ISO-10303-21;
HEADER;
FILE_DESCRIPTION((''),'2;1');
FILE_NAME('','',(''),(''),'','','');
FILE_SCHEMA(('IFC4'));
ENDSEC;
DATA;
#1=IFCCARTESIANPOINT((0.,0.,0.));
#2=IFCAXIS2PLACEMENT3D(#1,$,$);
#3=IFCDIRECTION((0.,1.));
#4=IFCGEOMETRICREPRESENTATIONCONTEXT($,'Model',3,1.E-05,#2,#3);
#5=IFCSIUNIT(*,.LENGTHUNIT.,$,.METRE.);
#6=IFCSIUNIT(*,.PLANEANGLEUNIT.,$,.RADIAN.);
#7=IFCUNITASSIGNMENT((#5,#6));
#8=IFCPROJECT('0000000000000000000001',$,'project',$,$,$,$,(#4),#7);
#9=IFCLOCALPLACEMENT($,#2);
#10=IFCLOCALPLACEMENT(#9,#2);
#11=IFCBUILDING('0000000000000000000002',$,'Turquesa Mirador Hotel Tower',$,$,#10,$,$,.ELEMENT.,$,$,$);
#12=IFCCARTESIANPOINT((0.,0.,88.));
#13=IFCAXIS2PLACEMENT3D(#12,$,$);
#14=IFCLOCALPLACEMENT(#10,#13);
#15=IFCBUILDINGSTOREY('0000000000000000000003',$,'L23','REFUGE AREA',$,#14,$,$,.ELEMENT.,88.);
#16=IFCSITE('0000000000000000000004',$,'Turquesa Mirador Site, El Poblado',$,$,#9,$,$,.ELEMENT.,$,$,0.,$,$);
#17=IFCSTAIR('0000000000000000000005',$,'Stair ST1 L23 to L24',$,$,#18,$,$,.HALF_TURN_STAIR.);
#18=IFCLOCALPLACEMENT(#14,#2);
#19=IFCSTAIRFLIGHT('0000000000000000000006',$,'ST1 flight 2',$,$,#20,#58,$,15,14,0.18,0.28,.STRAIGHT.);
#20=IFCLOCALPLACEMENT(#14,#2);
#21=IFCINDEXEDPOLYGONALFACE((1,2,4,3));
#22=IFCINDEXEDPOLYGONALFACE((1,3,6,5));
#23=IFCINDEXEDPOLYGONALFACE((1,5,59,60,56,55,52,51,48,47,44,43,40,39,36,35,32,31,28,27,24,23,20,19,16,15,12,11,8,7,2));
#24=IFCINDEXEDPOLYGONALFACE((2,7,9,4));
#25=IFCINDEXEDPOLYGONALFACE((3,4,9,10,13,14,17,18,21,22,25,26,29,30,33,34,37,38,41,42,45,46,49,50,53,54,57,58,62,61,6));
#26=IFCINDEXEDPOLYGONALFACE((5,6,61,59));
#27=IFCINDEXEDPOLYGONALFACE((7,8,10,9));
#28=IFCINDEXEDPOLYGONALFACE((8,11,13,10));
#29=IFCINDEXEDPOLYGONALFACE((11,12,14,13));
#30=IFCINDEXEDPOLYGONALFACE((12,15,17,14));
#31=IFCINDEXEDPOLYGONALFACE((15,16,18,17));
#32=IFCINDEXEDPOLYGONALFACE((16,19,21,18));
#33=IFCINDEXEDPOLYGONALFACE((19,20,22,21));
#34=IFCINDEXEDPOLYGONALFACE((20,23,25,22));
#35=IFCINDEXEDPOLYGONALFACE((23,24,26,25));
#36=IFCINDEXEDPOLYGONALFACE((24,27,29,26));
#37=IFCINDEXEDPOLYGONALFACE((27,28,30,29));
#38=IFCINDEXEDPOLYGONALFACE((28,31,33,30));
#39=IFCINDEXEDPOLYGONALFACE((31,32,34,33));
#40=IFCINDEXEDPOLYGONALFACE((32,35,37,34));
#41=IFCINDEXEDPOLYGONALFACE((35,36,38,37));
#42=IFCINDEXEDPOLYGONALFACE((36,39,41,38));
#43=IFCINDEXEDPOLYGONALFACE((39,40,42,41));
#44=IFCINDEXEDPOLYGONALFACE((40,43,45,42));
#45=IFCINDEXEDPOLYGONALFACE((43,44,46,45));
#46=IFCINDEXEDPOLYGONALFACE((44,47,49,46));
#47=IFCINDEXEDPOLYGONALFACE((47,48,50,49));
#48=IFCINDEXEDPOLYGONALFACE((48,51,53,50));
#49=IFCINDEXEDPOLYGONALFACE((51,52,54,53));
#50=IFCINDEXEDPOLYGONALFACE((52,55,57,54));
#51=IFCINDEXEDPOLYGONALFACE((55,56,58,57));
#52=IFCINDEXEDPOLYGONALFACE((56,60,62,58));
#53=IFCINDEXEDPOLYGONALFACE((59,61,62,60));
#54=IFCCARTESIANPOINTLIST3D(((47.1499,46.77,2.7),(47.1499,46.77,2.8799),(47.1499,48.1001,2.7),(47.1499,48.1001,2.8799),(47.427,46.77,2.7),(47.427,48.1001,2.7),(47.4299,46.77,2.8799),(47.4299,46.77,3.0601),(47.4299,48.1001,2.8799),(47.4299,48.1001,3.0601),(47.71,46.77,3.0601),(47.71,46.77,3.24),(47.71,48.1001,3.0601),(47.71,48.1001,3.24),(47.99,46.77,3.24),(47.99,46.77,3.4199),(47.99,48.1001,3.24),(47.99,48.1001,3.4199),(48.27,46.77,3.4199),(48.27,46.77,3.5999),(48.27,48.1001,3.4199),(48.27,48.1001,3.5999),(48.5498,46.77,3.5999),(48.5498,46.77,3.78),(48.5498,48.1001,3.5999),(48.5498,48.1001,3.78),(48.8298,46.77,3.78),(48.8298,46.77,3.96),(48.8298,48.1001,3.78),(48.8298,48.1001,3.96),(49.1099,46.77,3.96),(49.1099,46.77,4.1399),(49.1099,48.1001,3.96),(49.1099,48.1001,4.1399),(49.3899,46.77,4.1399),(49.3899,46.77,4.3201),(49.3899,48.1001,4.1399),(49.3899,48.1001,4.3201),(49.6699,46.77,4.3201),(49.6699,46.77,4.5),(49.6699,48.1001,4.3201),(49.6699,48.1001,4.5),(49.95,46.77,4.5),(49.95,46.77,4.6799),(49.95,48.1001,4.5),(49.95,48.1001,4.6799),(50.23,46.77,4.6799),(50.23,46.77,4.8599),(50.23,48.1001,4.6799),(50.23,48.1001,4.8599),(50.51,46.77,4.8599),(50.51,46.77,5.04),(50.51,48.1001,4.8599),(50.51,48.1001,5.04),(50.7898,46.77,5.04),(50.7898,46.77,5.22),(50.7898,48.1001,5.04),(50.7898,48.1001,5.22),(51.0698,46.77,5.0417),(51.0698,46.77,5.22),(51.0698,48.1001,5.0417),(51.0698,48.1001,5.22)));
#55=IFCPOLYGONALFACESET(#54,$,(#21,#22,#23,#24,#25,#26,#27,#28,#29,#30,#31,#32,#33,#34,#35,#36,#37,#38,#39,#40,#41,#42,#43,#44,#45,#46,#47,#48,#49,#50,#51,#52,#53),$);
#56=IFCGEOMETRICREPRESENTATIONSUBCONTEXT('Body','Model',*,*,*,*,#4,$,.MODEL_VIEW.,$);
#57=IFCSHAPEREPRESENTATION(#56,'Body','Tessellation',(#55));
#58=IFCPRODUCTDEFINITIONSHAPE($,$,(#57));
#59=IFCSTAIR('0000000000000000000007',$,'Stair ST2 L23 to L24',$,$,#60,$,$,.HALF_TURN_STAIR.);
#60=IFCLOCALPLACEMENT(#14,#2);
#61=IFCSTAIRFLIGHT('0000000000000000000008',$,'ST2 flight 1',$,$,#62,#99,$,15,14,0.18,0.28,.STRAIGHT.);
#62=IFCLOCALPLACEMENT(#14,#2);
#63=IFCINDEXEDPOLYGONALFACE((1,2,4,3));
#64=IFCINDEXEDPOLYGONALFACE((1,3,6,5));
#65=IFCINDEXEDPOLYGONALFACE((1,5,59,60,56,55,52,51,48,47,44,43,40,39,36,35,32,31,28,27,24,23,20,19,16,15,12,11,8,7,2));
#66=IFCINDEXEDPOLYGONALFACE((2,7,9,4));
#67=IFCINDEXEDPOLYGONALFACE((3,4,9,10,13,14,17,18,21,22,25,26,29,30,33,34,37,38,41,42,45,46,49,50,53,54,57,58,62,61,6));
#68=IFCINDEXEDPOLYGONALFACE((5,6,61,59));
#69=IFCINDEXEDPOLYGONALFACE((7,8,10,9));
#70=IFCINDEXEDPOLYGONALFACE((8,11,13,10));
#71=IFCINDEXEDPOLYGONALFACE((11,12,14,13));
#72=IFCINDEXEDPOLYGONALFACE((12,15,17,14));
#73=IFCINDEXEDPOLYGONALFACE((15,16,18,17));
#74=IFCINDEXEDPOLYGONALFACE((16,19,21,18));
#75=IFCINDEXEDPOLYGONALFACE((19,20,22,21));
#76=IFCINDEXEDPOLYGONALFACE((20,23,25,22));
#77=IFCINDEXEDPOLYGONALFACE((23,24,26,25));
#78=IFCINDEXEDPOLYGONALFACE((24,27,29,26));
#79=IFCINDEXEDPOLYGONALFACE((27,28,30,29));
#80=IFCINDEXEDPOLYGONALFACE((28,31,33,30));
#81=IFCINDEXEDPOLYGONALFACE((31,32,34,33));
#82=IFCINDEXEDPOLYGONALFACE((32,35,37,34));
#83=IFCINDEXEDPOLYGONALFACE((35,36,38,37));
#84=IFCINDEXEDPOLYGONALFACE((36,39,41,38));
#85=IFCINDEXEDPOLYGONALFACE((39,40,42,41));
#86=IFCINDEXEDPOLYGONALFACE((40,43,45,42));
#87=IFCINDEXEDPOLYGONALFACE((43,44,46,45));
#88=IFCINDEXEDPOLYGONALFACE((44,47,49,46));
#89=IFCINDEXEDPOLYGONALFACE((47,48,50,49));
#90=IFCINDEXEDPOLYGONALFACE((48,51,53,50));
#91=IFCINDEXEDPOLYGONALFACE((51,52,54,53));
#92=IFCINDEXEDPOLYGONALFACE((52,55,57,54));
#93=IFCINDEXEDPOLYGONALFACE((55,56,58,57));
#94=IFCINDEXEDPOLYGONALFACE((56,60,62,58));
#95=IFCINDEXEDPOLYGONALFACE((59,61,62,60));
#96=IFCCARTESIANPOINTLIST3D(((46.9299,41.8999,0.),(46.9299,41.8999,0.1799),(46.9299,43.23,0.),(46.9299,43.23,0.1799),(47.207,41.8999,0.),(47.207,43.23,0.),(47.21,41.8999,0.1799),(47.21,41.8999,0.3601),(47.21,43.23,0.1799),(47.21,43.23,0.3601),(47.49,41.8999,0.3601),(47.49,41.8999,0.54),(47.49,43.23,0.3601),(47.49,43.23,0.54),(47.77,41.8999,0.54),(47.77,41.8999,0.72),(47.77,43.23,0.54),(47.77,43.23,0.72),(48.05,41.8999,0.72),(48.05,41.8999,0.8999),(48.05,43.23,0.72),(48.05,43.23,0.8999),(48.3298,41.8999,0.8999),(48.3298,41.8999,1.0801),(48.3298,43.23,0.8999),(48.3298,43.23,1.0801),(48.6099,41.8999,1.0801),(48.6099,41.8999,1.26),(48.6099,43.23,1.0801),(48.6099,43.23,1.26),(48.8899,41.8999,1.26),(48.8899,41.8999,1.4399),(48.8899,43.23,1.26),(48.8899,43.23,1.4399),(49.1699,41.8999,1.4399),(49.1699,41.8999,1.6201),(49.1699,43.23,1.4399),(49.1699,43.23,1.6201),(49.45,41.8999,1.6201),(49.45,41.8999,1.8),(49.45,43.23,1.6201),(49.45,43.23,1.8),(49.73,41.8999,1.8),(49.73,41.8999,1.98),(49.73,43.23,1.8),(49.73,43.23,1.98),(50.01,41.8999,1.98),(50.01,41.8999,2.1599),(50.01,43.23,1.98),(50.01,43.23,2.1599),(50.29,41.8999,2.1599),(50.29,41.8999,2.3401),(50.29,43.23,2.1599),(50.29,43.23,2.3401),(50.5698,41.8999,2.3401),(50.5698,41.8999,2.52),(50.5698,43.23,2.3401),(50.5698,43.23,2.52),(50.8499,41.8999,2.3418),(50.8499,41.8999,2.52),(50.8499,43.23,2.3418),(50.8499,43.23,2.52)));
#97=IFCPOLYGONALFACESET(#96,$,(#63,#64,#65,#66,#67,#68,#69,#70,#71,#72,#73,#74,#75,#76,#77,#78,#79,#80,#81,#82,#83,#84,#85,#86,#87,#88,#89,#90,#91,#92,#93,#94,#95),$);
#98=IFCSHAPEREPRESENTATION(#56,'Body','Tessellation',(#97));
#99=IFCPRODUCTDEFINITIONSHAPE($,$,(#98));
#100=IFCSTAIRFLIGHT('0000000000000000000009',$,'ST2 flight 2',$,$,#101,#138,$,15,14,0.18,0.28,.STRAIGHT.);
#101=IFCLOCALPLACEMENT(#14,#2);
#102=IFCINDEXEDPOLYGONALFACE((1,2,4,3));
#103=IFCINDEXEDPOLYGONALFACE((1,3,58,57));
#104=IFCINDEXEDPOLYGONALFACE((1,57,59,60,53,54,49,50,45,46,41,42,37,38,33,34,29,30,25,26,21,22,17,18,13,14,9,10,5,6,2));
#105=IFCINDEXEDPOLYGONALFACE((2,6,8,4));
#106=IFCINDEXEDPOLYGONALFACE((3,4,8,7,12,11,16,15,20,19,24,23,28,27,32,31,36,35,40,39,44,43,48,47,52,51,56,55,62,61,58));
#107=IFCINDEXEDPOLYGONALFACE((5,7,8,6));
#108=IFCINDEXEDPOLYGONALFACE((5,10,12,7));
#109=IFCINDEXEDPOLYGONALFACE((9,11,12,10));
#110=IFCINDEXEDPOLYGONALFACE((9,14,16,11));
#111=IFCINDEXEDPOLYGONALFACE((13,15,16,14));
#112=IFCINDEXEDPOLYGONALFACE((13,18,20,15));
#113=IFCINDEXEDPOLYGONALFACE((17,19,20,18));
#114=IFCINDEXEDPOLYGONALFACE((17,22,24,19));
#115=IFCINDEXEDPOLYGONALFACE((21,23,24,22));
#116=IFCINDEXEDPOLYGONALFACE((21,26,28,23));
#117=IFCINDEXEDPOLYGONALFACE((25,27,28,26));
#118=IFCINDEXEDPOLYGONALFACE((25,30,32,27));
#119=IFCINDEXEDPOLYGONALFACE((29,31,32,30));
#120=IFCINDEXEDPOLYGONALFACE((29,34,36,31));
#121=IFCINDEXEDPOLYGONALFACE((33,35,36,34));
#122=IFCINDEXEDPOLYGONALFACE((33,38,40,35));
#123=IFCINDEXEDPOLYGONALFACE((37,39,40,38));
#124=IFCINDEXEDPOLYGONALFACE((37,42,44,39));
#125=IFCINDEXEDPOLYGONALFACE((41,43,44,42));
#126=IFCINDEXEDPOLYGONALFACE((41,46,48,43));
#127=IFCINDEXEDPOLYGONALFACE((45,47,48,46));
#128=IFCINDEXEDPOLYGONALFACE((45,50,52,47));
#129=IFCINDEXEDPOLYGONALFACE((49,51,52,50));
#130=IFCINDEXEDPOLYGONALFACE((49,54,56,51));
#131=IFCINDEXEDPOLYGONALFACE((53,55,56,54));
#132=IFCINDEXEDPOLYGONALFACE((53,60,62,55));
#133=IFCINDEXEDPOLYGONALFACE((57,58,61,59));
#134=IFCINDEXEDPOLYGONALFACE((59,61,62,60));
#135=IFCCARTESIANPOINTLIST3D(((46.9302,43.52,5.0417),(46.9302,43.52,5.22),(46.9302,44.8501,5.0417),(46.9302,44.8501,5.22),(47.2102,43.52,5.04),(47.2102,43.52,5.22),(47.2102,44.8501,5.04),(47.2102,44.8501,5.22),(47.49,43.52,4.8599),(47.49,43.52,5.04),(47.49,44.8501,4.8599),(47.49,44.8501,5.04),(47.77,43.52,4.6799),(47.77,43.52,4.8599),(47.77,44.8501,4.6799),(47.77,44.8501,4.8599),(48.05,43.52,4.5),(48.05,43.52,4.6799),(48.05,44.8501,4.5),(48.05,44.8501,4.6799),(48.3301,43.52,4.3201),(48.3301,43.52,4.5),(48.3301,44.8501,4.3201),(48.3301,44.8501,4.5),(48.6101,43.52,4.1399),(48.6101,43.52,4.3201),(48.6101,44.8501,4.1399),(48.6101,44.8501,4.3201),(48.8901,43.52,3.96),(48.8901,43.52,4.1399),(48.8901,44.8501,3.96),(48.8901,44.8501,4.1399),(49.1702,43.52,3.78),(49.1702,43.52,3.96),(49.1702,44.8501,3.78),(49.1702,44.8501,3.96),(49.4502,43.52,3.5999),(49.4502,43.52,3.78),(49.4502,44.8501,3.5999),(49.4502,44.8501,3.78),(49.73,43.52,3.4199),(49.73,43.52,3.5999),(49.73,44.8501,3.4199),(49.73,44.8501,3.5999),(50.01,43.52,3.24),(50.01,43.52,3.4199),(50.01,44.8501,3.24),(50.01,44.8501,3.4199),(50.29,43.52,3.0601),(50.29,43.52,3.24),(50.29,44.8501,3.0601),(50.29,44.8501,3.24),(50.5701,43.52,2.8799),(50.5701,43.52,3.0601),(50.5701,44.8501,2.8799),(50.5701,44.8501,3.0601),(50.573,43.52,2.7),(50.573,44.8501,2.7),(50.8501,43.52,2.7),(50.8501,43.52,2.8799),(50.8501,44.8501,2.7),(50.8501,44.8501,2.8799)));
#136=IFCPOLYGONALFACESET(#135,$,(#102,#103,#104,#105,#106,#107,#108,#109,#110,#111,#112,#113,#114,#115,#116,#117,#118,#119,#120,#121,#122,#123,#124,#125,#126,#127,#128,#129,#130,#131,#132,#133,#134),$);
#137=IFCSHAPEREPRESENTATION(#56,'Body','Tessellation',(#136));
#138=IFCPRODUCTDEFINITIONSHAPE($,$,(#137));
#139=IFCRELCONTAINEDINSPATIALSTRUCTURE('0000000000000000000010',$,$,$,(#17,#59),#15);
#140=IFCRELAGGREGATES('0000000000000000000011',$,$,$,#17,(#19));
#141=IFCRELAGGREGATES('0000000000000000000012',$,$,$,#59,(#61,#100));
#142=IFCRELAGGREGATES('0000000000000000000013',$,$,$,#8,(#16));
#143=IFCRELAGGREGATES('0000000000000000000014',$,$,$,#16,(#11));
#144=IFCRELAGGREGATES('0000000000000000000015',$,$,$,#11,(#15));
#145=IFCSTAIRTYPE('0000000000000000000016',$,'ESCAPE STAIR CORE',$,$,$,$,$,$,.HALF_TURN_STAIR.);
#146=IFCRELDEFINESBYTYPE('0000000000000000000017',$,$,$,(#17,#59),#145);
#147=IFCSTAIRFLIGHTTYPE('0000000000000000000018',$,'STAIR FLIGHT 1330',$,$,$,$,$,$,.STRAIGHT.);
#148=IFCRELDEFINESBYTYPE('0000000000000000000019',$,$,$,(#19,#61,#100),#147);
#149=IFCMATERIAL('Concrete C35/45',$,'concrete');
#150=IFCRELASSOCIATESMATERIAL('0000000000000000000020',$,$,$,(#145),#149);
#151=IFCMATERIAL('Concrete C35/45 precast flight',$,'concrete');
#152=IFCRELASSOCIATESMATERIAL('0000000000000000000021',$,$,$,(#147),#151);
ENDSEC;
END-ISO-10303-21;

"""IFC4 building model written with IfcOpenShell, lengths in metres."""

from ifc_helpers import new_model, si_unit, direction, frame, origin, place, context, subcontext, project, spatial, polyline, outline, extrude, material, type_object, element, aggregate, save


model = new_model("IFC4")

# Units and contexts
model_context = context("Model", 3, precision=1e-05, world=origin(), true_north=direction((0.0, 1.0)))
body_context = subcontext(model_context, "Body", "Model", "MODEL_VIEW")
ifc_project = project(units=[si_unit("LENGTHUNIT", "METRE"), si_unit("PLANEANGLEUNIT", "RADIAN")], contexts=[model_context])

# Site, building, storey
site_placement = place(None, origin())
site = spatial("IfcSite", under=ifc_project, at=site_placement, Name="Turquesa Mirador Site, El Poblado", CompositionType="ELEMENT", RefElevation=0.0)
building_placement = place(site_placement, origin())
building = spatial("IfcBuilding", under=site, at=building_placement, Name="Turquesa Mirador Hotel Tower", CompositionType="ELEMENT")
storey_placement = place(building_placement, frame((0.0, 0.0, 88.0)))
storey = spatial("IfcBuildingStorey", under=building, at=storey_placement, Name="L23", Description="REFUGE AREA", CompositionType="ELEMENT", Elevation=88.0)

# Stair, stair flight
ifc_material_1 = material(Name="Concrete C35/45", Category="concrete")
stair_type = type_object("IfcStairType", Name="ESCAPE STAIR CORE", PredefinedType="HALF_TURN_STAIR", material=ifc_material_1)
stair_1_placement = place(storey_placement, origin())
stair_1 = element("IfcStair", 1, at=stair_1_placement, inside=storey, type_object=stair_type, Name="Stair ST1 L23 to L24", PredefinedType="HALF_TURN_STAIR")
ifc_material_2 = material(Name="Concrete C35/45 precast flight", Category="concrete")
stair_flight_type = type_object("IfcStairFlightType", Name="STAIR FLIGHT 1330", PredefinedType="STRAIGHT", material=ifc_material_2)
stair_flight_1_placement = place(storey_placement, frame((47.1499, 47.4351, 2.7), z_axis=(0.0, 0.0, 1.0), x_axis=(1.0, 0.0, 0.0)))
stair_flight_1 = element("IfcStairFlight", 2, at=stair_flight_1_placement, type_object=stair_flight_type, Name="ST1 flight 2", NumberOfRisers=15, NumberOfTreads=14, PredefinedType="STRAIGHT", RiserHeight=0.18, TreadLength=0.28, context=body_context, shape_type="SweptSolid", body=[
    extrude(outline(polyline([(0.0, 0.0), (0.0, 0.1799), (0.28, 0.1799), (0.28, 0.3601), (0.5601, 0.3601), (0.5601, 0.54), (0.8401, 0.54), (0.8401, 0.72), (1.1201, 0.72), (1.1201, 0.8999), (1.3999, 0.8999), (1.3999, 1.0801), (1.6799, 1.0801), (1.6799, 1.26), (1.96, 1.26), (1.96, 1.4399), (2.24, 1.4399), (2.24, 1.6201), (2.52, 1.6201), (2.52, 1.8), (2.8, 1.8), (2.8, 1.98), (3.0801, 1.98), (3.0801, 2.1599), (3.3601, 2.1599), (3.3601, 2.3401), (3.6399, 2.3401), (3.6399, 2.52), (3.9199, 2.52), (3.9199, 2.7), (3.9199, 2.3418), (0.2771, 0.0), (0.0, 0.0)])), frame((0.0, 0.665, 0.0), z_axis=(0.0, -1.0, 0.0), x_axis=(1.0, 0.0, 0.0)), (0.0, 0.0, 1.0), 1.3301),
])
aggregate(stair_1, [stair_flight_1])

# Stair, stair flights
stair_2_placement = place(storey_placement, origin())
stair_2 = element("IfcStair", 3, at=stair_2_placement, inside=storey, type_object=stair_type, Name="Stair ST2 L23 to L24", PredefinedType="HALF_TURN_STAIR")
stair_flight_2_placement = place(storey_placement, frame((46.9299, 42.5649, 0.0), z_axis=(0.0, 0.0, 1.0), x_axis=(1.0, 0.0, 0.0)))
stair_flight_2 = element("IfcStairFlight", 4, at=stair_flight_2_placement, type_object=stair_flight_type, Name="ST2 flight 1", NumberOfRisers=15, NumberOfTreads=14, PredefinedType="STRAIGHT", RiserHeight=0.18, TreadLength=0.28, context=body_context, shape_type="SweptSolid", body=[
    extrude(outline(polyline([(0.0, 0.0), (0.0, 0.1799), (0.28, 0.1799), (0.28, 0.3601), (0.5601, 0.3601), (0.5601, 0.54), (0.8401, 0.54), (0.8401, 0.72), (1.1201, 0.72), (1.1201, 0.8999), (1.3999, 0.8999), (1.3999, 1.0801), (1.6799, 1.0801), (1.6799, 1.26), (1.96, 1.26), (1.96, 1.4399), (2.24, 1.4399), (2.24, 1.6201), (2.52, 1.6201), (2.52, 1.8), (2.8, 1.8), (2.8, 1.98), (3.0801, 1.98), (3.0801, 2.1599), (3.3601, 2.1599), (3.3601, 2.3401), (3.6399, 2.3401), (3.6399, 2.52), (3.9199, 2.52), (3.9199, 2.7), (3.9199, 2.3418), (0.2771, 0.0), (0.0, 0.0)])), frame((0.0, 0.665, 0.0), z_axis=(0.0, -1.0, 0.0), x_axis=(1.0, 0.0, 0.0)), (0.0, 0.0, 1.0), 1.3301),
])
stair_flight_3_placement = place(storey_placement, frame((50.8501, 44.1851, 2.7), z_axis=(0.0, 0.0, 1.0), x_axis=(-1.0, 0.0, 0.0)))
stair_flight_3 = element("IfcStairFlight", 5, at=stair_flight_3_placement, type_object=stair_flight_type, Name="ST2 flight 2", NumberOfRisers=15, NumberOfTreads=14, PredefinedType="STRAIGHT", RiserHeight=0.18, TreadLength=0.28, context=body_context, shape_type="SweptSolid", body=[
    extrude(outline(polyline([(0.0, 0.0), (0.0, 0.1799), (0.28, 0.1799), (0.28, 0.3601), (0.5601, 0.3601), (0.5601, 0.54), (0.8401, 0.54), (0.8401, 0.72), (1.1201, 0.72), (1.1201, 0.8999), (1.3999, 0.8999), (1.3999, 1.0801), (1.6799, 1.0801), (1.6799, 1.26), (1.96, 1.26), (1.96, 1.4399), (2.24, 1.4399), (2.24, 1.6201), (2.52, 1.6201), (2.52, 1.8), (2.8, 1.8), (2.8, 1.98), (3.0801, 1.98), (3.0801, 2.1599), (3.3601, 2.1599), (3.3601, 2.3401), (3.6399, 2.3401), (3.6399, 2.52), (3.9199, 2.52), (3.9199, 2.7), (3.9199, 2.3418), (0.2771, 0.0), (0.0, 0.0)])), frame((0.0, 0.665, 0.0), z_axis=(0.0, -1.0, 0.0), x_axis=(1.0, 0.0, 0.0)), (0.0, 0.0, 1.0), 1.3301),
])
aggregate(stair_2, [stair_flight_2, stair_flight_3])

save(model, "model.ifc")
